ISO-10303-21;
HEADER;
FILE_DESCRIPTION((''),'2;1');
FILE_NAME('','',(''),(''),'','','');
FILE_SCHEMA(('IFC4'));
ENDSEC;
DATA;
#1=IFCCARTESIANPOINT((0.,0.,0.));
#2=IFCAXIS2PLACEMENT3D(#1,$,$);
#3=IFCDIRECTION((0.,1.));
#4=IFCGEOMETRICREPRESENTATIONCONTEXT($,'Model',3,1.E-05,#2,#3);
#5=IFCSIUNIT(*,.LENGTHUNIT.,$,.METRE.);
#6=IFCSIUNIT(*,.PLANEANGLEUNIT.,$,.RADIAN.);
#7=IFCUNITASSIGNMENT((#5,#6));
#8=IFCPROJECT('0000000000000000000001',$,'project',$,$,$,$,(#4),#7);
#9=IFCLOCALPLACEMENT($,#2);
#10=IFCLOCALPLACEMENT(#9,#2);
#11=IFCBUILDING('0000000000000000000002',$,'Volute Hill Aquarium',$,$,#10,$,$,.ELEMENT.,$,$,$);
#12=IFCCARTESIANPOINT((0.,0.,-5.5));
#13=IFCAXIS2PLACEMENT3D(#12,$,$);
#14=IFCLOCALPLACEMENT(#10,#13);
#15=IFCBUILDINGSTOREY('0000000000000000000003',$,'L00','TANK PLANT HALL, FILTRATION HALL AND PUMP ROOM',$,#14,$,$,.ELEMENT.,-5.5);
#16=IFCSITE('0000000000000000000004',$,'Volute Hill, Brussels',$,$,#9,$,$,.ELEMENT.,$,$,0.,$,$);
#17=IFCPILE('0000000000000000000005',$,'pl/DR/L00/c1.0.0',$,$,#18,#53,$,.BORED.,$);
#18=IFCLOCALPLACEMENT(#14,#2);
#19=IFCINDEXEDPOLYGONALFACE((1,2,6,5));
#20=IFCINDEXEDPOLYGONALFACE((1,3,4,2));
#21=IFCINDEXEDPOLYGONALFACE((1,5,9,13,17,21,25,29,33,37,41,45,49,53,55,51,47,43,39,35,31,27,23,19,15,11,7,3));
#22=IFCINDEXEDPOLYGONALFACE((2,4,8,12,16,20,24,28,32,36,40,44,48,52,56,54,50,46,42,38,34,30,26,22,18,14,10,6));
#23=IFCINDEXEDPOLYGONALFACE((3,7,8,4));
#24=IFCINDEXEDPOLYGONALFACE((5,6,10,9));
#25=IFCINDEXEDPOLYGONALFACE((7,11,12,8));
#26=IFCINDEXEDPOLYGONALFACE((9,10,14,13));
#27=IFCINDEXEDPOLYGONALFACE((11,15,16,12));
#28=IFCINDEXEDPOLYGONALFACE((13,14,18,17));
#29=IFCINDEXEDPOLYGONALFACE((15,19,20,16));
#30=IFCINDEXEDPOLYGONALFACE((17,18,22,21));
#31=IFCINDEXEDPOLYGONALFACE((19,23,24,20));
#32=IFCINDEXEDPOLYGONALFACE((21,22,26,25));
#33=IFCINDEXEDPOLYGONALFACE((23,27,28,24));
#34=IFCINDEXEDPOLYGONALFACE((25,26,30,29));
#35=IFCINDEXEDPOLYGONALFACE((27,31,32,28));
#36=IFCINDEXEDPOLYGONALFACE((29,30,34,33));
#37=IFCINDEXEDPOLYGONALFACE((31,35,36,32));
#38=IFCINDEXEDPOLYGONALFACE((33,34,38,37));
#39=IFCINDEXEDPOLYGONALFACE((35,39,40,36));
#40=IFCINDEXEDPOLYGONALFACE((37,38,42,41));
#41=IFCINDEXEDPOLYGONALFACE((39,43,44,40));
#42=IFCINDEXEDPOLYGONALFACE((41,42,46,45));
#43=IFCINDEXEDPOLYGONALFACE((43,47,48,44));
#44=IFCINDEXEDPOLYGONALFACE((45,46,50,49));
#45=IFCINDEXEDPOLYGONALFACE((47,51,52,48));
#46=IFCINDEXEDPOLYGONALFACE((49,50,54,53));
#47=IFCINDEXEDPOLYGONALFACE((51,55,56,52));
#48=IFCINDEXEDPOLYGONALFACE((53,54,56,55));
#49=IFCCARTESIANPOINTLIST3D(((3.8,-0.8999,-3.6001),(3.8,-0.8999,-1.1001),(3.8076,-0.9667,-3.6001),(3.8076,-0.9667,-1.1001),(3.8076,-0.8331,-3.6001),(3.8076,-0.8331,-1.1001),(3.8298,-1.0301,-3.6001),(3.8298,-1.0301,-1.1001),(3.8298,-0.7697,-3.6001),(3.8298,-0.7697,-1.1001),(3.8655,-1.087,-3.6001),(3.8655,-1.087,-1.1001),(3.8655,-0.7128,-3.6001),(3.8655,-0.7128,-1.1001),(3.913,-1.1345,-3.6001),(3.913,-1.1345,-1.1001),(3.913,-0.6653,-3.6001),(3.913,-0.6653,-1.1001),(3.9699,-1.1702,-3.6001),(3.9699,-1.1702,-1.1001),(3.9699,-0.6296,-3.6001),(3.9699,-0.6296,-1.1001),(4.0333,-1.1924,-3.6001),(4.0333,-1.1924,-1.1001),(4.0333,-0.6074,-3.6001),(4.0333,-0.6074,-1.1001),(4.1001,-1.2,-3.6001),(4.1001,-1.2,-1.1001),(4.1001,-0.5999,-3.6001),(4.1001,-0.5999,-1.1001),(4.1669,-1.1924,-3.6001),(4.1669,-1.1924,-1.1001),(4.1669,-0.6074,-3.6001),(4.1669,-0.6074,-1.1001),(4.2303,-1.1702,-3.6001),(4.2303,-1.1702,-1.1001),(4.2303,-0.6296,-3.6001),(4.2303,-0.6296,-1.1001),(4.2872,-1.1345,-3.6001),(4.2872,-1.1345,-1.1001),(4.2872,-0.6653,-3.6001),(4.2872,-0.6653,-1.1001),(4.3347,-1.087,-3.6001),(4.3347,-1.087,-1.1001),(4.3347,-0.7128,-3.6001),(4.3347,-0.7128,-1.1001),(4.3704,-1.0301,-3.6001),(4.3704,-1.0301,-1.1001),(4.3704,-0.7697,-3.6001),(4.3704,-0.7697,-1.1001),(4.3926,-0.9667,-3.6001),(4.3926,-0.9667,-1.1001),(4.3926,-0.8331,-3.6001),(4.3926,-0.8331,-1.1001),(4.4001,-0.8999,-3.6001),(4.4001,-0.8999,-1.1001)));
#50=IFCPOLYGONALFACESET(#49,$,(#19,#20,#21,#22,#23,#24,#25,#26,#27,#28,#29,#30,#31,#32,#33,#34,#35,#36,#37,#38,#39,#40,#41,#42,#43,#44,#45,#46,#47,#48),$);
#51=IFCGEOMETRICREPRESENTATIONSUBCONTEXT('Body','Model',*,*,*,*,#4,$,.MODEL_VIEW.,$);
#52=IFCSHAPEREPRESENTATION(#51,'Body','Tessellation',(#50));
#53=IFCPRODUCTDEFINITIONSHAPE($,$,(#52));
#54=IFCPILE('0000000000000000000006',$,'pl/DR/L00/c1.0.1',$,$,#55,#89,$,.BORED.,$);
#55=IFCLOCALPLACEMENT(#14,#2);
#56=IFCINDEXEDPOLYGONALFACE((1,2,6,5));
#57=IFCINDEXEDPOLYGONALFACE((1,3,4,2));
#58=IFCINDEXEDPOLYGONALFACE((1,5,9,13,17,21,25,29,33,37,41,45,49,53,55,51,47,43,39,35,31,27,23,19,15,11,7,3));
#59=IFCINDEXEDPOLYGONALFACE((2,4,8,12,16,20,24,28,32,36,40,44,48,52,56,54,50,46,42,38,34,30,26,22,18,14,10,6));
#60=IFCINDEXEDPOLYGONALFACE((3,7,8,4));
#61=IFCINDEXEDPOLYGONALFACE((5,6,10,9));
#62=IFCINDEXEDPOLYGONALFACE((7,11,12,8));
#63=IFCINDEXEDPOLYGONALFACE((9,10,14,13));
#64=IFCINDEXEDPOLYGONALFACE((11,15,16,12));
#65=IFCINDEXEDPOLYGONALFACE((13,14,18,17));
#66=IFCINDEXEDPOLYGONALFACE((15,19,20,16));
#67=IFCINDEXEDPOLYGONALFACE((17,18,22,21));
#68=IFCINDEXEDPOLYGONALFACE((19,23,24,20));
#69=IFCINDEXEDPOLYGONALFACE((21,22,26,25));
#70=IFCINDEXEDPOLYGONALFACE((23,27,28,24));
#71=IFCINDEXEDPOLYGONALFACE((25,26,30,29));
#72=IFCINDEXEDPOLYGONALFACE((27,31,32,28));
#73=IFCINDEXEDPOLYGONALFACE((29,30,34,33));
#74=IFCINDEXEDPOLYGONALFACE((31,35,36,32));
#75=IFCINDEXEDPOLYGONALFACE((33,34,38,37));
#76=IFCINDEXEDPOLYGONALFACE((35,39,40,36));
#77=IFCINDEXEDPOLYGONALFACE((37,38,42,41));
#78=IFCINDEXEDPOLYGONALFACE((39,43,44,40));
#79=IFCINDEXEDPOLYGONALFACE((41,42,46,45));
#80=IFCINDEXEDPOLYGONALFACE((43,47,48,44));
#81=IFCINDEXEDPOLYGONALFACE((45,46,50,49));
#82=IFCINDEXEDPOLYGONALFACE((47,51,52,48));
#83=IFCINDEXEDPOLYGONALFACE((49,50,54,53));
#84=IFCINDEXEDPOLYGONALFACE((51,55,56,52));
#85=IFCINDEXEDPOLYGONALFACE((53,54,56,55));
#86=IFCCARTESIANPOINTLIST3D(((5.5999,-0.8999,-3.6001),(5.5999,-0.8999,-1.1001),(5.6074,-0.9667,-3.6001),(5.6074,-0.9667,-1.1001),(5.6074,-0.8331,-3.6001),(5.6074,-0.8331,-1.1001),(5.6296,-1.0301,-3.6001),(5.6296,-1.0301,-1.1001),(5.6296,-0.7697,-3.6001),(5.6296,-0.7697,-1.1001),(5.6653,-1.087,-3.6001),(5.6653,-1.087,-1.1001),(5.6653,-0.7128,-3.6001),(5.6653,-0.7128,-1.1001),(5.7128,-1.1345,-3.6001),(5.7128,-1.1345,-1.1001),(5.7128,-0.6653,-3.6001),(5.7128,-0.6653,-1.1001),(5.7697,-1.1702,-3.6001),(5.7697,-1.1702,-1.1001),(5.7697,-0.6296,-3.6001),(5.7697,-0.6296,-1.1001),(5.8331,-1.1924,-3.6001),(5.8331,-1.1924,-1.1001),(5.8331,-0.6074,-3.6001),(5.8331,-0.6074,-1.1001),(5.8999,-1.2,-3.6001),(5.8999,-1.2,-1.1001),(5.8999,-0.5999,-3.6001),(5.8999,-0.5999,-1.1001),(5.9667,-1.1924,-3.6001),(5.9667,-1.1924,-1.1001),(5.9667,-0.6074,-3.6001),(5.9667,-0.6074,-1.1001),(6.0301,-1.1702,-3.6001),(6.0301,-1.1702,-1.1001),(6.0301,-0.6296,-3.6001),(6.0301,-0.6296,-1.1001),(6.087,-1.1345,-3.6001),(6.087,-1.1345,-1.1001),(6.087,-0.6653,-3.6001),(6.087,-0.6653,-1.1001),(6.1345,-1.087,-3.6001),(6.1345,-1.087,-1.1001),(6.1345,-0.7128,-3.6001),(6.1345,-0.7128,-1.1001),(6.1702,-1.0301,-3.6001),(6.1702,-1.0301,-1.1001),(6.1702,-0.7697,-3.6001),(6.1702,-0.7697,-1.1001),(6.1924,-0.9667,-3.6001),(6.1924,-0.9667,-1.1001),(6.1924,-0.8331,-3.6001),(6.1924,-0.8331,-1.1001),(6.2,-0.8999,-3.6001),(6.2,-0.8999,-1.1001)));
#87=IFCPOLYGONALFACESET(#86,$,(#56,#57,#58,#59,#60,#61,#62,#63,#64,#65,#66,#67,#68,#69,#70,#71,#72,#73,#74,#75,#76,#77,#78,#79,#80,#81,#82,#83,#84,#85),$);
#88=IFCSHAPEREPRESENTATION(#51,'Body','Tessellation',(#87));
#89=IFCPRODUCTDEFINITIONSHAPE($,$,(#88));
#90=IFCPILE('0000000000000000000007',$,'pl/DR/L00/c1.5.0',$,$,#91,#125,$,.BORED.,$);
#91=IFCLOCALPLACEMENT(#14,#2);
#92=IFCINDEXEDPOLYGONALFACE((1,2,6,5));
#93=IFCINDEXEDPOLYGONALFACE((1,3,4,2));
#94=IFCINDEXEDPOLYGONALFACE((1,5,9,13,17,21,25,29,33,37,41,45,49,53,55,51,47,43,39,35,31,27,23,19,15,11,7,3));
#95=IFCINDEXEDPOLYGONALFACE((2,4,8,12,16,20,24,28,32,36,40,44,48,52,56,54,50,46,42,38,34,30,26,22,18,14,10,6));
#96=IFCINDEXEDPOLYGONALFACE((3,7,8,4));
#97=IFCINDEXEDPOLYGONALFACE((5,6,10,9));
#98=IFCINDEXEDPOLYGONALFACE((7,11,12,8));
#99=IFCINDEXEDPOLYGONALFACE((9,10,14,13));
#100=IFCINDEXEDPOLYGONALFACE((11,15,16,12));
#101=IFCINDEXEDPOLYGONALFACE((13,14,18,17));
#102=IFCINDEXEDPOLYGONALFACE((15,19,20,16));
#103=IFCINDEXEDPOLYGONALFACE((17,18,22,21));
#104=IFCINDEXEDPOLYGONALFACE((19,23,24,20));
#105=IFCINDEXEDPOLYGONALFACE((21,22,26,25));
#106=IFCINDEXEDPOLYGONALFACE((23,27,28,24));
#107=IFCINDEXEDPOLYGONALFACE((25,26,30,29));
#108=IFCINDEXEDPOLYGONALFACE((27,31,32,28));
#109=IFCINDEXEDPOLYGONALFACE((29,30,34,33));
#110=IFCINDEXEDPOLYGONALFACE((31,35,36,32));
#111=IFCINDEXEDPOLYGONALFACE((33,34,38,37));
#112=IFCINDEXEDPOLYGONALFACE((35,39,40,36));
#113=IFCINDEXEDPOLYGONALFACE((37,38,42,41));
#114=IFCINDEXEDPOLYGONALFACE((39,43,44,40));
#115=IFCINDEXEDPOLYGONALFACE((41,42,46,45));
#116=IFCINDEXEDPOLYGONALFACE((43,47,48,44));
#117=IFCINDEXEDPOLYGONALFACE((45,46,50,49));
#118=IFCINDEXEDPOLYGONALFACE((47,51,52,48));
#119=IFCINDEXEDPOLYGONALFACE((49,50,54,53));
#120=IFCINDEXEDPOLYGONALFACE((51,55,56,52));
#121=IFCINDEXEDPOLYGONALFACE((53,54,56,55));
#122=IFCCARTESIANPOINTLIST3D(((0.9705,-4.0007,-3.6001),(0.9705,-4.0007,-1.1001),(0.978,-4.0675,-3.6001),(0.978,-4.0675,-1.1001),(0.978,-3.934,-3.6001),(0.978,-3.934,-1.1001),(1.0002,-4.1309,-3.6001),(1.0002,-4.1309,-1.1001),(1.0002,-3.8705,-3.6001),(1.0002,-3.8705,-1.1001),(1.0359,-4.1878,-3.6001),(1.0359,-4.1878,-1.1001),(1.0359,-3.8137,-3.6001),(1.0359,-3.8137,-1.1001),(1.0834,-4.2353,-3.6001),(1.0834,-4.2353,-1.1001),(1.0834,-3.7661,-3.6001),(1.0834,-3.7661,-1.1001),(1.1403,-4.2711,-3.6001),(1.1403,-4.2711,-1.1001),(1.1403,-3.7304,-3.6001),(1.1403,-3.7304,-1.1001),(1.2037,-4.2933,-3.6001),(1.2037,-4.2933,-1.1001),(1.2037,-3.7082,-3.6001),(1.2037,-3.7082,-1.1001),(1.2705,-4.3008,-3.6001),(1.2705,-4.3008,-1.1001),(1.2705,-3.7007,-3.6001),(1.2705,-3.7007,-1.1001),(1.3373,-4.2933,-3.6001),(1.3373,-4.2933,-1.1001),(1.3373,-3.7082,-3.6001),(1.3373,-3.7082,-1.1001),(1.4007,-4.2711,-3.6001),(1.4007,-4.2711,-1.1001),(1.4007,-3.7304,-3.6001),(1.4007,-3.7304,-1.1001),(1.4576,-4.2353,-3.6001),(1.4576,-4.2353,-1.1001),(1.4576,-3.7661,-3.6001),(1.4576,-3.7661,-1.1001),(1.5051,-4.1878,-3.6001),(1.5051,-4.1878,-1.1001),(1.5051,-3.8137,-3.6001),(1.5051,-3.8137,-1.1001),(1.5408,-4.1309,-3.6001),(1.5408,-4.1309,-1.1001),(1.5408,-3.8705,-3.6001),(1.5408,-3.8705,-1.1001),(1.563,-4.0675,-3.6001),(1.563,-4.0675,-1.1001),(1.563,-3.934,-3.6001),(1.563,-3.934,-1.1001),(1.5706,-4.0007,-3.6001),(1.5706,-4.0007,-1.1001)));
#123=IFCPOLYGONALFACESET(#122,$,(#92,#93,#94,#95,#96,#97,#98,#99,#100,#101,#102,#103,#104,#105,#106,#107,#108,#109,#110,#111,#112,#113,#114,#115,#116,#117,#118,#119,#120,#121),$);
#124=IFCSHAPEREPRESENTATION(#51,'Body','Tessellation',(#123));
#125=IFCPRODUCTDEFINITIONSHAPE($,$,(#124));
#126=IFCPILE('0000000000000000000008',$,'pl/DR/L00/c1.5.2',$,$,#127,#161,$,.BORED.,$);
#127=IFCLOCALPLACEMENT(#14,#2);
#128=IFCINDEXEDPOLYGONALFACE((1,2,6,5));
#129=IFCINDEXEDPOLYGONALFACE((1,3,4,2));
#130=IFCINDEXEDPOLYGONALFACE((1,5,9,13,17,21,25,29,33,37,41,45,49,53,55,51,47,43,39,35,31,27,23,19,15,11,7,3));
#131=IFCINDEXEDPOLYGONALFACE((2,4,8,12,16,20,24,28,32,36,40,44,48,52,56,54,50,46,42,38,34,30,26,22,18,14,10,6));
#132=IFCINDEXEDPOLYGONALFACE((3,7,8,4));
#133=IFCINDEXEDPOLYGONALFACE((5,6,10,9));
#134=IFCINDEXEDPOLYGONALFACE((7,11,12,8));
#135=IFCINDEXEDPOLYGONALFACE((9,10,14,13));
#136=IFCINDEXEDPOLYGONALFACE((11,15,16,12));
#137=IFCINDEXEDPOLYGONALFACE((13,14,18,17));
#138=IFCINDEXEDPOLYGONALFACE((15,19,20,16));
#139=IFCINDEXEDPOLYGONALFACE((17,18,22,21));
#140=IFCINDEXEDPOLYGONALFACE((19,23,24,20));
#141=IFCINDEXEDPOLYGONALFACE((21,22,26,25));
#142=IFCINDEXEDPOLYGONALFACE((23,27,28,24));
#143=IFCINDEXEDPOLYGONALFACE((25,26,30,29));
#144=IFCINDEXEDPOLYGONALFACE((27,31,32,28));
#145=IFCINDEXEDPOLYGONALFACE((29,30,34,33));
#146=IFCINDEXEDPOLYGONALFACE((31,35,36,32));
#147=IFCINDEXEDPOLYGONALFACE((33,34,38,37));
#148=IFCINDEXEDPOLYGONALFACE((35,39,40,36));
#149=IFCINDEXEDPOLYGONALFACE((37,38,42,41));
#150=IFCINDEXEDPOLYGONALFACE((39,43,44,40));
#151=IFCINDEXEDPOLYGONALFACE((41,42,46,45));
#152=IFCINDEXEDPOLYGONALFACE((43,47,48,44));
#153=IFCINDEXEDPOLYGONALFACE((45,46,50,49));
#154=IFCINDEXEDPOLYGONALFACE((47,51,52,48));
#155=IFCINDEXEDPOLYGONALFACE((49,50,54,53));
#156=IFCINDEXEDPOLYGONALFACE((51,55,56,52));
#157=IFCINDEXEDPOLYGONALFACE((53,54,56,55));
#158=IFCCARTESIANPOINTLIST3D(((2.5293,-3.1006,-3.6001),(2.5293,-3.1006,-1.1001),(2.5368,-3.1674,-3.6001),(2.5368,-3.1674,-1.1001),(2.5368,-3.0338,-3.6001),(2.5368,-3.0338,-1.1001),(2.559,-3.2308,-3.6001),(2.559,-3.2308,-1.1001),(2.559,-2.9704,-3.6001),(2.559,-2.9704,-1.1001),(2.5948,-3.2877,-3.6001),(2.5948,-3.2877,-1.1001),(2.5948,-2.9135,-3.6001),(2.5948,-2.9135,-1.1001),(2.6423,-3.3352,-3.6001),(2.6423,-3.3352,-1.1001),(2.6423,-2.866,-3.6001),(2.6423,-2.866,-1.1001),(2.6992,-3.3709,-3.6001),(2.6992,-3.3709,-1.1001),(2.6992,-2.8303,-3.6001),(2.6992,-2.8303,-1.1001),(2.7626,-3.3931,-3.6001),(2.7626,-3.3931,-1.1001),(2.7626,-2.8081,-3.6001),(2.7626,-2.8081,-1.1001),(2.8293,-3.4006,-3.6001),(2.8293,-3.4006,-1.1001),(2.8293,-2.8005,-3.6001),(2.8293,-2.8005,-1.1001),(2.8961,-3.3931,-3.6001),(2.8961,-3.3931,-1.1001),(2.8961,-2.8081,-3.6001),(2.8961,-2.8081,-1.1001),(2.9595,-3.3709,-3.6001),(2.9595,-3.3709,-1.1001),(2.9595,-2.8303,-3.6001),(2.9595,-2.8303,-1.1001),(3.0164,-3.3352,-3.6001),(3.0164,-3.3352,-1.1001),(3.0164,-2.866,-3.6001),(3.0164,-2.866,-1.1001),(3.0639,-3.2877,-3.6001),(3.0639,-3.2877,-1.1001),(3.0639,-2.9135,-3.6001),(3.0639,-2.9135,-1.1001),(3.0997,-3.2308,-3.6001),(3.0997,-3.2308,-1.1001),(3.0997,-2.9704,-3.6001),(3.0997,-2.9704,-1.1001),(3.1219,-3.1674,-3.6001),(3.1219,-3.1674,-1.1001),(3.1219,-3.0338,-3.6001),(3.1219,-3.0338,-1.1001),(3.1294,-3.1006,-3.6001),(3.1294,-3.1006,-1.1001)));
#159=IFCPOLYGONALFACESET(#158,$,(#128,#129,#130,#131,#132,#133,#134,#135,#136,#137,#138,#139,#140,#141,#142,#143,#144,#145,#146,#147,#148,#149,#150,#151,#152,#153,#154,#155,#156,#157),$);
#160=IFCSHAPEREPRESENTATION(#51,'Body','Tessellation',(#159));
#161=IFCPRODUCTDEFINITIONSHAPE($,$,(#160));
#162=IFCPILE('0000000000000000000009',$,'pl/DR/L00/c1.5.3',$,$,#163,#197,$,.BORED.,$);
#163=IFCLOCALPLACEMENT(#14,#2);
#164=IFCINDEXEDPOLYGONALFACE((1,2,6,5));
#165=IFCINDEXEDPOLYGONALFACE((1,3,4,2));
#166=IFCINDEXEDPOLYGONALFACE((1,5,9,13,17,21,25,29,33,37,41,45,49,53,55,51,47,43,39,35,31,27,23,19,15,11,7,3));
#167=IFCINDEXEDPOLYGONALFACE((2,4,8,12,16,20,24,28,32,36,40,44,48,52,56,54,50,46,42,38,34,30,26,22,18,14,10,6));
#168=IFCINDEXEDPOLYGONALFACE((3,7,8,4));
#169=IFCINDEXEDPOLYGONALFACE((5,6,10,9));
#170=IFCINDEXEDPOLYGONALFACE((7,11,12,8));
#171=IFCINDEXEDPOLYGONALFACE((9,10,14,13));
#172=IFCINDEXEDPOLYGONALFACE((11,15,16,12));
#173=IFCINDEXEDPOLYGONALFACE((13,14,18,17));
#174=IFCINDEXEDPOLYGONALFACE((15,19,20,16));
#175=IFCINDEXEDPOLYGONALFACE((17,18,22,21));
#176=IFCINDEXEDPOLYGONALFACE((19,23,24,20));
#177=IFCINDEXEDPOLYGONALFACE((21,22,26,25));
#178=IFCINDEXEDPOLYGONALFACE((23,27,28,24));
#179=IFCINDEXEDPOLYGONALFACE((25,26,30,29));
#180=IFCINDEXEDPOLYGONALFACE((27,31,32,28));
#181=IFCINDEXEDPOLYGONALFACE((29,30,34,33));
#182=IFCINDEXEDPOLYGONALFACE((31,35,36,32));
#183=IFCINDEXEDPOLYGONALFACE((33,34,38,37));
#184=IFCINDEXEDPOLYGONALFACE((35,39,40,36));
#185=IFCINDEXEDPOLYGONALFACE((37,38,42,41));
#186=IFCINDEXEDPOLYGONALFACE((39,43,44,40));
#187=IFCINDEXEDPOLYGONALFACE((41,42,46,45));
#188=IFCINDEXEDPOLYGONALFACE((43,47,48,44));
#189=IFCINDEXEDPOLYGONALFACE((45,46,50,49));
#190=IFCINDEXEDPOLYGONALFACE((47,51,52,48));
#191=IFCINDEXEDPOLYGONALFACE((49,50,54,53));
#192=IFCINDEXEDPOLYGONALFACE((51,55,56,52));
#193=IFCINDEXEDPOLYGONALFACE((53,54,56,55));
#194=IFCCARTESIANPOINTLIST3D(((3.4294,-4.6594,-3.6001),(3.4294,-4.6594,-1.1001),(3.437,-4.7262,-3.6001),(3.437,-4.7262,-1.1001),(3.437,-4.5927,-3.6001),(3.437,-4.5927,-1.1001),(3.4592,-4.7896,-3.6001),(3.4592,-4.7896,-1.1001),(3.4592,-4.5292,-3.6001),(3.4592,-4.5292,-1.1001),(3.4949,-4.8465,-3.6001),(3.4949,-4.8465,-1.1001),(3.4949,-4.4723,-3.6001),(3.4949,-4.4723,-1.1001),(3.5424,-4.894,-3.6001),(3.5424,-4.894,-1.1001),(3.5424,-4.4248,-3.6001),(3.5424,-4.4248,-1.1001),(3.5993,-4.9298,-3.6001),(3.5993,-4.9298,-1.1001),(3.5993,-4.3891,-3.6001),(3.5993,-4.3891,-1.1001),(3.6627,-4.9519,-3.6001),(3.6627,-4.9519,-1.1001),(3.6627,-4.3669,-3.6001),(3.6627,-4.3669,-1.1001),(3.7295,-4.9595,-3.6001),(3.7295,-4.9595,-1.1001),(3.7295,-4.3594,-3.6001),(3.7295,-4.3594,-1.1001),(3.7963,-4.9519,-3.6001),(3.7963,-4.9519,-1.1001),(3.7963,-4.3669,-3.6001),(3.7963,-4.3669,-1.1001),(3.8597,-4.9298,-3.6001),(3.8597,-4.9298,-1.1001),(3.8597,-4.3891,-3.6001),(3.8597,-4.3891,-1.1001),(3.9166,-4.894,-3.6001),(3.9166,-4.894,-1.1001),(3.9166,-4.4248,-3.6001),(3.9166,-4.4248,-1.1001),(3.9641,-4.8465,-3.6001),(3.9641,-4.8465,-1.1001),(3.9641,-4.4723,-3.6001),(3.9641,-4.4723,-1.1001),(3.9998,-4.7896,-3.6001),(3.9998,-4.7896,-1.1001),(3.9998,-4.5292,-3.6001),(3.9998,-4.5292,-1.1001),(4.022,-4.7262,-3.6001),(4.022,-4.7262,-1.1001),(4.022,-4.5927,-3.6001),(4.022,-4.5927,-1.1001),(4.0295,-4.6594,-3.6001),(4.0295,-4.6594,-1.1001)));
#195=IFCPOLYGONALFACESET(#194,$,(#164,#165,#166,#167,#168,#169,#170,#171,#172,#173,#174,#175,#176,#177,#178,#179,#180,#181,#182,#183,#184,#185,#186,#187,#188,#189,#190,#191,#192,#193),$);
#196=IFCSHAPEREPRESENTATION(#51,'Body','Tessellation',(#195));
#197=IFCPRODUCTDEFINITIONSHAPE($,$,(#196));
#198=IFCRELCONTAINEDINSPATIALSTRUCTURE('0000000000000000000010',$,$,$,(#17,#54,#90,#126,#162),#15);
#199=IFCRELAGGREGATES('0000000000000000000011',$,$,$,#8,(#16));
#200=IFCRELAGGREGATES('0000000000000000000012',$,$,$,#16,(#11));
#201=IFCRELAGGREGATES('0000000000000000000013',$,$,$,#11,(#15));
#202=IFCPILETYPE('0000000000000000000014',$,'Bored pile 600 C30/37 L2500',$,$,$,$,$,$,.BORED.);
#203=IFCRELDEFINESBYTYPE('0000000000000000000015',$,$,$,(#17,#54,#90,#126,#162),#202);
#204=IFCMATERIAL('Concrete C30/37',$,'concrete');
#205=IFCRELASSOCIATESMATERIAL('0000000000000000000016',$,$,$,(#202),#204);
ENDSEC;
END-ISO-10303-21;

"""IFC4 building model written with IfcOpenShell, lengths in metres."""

from ifc_helpers import new_model, si_unit, direction, frame, origin, origin_2d, place, context, subcontext, project, spatial, circle, extrude, material, type_object, element, save


model = new_model("IFC4")

# Units and contexts
model_context = context("Model", 3, precision=1e-05, world=origin(), true_north=direction((0.0, 1.0)))
body_context = subcontext(model_context, "Body", "Model", "MODEL_VIEW")
ifc_project = project(units=[si_unit("LENGTHUNIT", "METRE"), si_unit("PLANEANGLEUNIT", "RADIAN")], contexts=[model_context])

# Site, building, storey
site_placement = place(None, origin())
site = spatial("IfcSite", under=ifc_project, at=site_placement, Name="Volute Hill, Brussels", CompositionType="ELEMENT", RefElevation=0.0)
building_placement = place(site_placement, origin())
building = spatial("IfcBuilding", under=site, at=building_placement, Name="Volute Hill Aquarium", CompositionType="ELEMENT")
storey_placement = place(building_placement, frame((0.0, 0.0, -5.5)))
storey = spatial("IfcBuildingStorey", under=building, at=storey_placement, Name="L00", Description="TANK PLANT HALL, FILTRATION HALL AND PUMP ROOM", CompositionType="ELEMENT", Elevation=-5.5)

# Piles
ifc_material_1 = material(Name="Concrete C30/37", Category="concrete")
pile_type = type_object("IfcPileType", Name="Bored pile 600 C30/37 L2500", PredefinedType="BORED", material=ifc_material_1)
for number, where, z_axis, x_axis, name in (
    (1, (4.1001, -0.8999, -1.1001), (0.0, 0.0, -1.0), (1.0, 0.0, 0.0), "pl/DR/L00/c1.0.0"),
    (2, (5.8999, -0.8999, -1.1001), (0.0, 0.0, -1.0), (1.0, 0.0, 0.0), "pl/DR/L00/c1.0.1"),
    (3, (1.2705, -4.0007, -1.1001), (0.0, 0.0, -1.0), (1.0, 0.0, 0.0), "pl/DR/L00/c1.5.0"),
    (4, (2.8293, -3.1006, -1.1001), (0.0, 0.0, -1.0), (1.0, 0.0, 0.0), "pl/DR/L00/c1.5.2"),
    (5, (3.7295, -4.6594, -1.1001), (0.0, 0.0, -1.0), (1.0, 0.0, 0.0), "pl/DR/L00/c1.5.3"),
):
    element("IfcPile", number, at=place(storey_placement, frame(where, z_axis=z_axis, x_axis=x_axis)), inside=storey, type_object=pile_type, Name=name, PredefinedType="BORED", context=body_context, shape_type="SweptSolid", body=[
        extrude(circle(Radius=0.3, at=origin_2d()), origin(), (0.0, 0.0, 1.0), 2.5),
    ])

save(model, "model.ifc")
